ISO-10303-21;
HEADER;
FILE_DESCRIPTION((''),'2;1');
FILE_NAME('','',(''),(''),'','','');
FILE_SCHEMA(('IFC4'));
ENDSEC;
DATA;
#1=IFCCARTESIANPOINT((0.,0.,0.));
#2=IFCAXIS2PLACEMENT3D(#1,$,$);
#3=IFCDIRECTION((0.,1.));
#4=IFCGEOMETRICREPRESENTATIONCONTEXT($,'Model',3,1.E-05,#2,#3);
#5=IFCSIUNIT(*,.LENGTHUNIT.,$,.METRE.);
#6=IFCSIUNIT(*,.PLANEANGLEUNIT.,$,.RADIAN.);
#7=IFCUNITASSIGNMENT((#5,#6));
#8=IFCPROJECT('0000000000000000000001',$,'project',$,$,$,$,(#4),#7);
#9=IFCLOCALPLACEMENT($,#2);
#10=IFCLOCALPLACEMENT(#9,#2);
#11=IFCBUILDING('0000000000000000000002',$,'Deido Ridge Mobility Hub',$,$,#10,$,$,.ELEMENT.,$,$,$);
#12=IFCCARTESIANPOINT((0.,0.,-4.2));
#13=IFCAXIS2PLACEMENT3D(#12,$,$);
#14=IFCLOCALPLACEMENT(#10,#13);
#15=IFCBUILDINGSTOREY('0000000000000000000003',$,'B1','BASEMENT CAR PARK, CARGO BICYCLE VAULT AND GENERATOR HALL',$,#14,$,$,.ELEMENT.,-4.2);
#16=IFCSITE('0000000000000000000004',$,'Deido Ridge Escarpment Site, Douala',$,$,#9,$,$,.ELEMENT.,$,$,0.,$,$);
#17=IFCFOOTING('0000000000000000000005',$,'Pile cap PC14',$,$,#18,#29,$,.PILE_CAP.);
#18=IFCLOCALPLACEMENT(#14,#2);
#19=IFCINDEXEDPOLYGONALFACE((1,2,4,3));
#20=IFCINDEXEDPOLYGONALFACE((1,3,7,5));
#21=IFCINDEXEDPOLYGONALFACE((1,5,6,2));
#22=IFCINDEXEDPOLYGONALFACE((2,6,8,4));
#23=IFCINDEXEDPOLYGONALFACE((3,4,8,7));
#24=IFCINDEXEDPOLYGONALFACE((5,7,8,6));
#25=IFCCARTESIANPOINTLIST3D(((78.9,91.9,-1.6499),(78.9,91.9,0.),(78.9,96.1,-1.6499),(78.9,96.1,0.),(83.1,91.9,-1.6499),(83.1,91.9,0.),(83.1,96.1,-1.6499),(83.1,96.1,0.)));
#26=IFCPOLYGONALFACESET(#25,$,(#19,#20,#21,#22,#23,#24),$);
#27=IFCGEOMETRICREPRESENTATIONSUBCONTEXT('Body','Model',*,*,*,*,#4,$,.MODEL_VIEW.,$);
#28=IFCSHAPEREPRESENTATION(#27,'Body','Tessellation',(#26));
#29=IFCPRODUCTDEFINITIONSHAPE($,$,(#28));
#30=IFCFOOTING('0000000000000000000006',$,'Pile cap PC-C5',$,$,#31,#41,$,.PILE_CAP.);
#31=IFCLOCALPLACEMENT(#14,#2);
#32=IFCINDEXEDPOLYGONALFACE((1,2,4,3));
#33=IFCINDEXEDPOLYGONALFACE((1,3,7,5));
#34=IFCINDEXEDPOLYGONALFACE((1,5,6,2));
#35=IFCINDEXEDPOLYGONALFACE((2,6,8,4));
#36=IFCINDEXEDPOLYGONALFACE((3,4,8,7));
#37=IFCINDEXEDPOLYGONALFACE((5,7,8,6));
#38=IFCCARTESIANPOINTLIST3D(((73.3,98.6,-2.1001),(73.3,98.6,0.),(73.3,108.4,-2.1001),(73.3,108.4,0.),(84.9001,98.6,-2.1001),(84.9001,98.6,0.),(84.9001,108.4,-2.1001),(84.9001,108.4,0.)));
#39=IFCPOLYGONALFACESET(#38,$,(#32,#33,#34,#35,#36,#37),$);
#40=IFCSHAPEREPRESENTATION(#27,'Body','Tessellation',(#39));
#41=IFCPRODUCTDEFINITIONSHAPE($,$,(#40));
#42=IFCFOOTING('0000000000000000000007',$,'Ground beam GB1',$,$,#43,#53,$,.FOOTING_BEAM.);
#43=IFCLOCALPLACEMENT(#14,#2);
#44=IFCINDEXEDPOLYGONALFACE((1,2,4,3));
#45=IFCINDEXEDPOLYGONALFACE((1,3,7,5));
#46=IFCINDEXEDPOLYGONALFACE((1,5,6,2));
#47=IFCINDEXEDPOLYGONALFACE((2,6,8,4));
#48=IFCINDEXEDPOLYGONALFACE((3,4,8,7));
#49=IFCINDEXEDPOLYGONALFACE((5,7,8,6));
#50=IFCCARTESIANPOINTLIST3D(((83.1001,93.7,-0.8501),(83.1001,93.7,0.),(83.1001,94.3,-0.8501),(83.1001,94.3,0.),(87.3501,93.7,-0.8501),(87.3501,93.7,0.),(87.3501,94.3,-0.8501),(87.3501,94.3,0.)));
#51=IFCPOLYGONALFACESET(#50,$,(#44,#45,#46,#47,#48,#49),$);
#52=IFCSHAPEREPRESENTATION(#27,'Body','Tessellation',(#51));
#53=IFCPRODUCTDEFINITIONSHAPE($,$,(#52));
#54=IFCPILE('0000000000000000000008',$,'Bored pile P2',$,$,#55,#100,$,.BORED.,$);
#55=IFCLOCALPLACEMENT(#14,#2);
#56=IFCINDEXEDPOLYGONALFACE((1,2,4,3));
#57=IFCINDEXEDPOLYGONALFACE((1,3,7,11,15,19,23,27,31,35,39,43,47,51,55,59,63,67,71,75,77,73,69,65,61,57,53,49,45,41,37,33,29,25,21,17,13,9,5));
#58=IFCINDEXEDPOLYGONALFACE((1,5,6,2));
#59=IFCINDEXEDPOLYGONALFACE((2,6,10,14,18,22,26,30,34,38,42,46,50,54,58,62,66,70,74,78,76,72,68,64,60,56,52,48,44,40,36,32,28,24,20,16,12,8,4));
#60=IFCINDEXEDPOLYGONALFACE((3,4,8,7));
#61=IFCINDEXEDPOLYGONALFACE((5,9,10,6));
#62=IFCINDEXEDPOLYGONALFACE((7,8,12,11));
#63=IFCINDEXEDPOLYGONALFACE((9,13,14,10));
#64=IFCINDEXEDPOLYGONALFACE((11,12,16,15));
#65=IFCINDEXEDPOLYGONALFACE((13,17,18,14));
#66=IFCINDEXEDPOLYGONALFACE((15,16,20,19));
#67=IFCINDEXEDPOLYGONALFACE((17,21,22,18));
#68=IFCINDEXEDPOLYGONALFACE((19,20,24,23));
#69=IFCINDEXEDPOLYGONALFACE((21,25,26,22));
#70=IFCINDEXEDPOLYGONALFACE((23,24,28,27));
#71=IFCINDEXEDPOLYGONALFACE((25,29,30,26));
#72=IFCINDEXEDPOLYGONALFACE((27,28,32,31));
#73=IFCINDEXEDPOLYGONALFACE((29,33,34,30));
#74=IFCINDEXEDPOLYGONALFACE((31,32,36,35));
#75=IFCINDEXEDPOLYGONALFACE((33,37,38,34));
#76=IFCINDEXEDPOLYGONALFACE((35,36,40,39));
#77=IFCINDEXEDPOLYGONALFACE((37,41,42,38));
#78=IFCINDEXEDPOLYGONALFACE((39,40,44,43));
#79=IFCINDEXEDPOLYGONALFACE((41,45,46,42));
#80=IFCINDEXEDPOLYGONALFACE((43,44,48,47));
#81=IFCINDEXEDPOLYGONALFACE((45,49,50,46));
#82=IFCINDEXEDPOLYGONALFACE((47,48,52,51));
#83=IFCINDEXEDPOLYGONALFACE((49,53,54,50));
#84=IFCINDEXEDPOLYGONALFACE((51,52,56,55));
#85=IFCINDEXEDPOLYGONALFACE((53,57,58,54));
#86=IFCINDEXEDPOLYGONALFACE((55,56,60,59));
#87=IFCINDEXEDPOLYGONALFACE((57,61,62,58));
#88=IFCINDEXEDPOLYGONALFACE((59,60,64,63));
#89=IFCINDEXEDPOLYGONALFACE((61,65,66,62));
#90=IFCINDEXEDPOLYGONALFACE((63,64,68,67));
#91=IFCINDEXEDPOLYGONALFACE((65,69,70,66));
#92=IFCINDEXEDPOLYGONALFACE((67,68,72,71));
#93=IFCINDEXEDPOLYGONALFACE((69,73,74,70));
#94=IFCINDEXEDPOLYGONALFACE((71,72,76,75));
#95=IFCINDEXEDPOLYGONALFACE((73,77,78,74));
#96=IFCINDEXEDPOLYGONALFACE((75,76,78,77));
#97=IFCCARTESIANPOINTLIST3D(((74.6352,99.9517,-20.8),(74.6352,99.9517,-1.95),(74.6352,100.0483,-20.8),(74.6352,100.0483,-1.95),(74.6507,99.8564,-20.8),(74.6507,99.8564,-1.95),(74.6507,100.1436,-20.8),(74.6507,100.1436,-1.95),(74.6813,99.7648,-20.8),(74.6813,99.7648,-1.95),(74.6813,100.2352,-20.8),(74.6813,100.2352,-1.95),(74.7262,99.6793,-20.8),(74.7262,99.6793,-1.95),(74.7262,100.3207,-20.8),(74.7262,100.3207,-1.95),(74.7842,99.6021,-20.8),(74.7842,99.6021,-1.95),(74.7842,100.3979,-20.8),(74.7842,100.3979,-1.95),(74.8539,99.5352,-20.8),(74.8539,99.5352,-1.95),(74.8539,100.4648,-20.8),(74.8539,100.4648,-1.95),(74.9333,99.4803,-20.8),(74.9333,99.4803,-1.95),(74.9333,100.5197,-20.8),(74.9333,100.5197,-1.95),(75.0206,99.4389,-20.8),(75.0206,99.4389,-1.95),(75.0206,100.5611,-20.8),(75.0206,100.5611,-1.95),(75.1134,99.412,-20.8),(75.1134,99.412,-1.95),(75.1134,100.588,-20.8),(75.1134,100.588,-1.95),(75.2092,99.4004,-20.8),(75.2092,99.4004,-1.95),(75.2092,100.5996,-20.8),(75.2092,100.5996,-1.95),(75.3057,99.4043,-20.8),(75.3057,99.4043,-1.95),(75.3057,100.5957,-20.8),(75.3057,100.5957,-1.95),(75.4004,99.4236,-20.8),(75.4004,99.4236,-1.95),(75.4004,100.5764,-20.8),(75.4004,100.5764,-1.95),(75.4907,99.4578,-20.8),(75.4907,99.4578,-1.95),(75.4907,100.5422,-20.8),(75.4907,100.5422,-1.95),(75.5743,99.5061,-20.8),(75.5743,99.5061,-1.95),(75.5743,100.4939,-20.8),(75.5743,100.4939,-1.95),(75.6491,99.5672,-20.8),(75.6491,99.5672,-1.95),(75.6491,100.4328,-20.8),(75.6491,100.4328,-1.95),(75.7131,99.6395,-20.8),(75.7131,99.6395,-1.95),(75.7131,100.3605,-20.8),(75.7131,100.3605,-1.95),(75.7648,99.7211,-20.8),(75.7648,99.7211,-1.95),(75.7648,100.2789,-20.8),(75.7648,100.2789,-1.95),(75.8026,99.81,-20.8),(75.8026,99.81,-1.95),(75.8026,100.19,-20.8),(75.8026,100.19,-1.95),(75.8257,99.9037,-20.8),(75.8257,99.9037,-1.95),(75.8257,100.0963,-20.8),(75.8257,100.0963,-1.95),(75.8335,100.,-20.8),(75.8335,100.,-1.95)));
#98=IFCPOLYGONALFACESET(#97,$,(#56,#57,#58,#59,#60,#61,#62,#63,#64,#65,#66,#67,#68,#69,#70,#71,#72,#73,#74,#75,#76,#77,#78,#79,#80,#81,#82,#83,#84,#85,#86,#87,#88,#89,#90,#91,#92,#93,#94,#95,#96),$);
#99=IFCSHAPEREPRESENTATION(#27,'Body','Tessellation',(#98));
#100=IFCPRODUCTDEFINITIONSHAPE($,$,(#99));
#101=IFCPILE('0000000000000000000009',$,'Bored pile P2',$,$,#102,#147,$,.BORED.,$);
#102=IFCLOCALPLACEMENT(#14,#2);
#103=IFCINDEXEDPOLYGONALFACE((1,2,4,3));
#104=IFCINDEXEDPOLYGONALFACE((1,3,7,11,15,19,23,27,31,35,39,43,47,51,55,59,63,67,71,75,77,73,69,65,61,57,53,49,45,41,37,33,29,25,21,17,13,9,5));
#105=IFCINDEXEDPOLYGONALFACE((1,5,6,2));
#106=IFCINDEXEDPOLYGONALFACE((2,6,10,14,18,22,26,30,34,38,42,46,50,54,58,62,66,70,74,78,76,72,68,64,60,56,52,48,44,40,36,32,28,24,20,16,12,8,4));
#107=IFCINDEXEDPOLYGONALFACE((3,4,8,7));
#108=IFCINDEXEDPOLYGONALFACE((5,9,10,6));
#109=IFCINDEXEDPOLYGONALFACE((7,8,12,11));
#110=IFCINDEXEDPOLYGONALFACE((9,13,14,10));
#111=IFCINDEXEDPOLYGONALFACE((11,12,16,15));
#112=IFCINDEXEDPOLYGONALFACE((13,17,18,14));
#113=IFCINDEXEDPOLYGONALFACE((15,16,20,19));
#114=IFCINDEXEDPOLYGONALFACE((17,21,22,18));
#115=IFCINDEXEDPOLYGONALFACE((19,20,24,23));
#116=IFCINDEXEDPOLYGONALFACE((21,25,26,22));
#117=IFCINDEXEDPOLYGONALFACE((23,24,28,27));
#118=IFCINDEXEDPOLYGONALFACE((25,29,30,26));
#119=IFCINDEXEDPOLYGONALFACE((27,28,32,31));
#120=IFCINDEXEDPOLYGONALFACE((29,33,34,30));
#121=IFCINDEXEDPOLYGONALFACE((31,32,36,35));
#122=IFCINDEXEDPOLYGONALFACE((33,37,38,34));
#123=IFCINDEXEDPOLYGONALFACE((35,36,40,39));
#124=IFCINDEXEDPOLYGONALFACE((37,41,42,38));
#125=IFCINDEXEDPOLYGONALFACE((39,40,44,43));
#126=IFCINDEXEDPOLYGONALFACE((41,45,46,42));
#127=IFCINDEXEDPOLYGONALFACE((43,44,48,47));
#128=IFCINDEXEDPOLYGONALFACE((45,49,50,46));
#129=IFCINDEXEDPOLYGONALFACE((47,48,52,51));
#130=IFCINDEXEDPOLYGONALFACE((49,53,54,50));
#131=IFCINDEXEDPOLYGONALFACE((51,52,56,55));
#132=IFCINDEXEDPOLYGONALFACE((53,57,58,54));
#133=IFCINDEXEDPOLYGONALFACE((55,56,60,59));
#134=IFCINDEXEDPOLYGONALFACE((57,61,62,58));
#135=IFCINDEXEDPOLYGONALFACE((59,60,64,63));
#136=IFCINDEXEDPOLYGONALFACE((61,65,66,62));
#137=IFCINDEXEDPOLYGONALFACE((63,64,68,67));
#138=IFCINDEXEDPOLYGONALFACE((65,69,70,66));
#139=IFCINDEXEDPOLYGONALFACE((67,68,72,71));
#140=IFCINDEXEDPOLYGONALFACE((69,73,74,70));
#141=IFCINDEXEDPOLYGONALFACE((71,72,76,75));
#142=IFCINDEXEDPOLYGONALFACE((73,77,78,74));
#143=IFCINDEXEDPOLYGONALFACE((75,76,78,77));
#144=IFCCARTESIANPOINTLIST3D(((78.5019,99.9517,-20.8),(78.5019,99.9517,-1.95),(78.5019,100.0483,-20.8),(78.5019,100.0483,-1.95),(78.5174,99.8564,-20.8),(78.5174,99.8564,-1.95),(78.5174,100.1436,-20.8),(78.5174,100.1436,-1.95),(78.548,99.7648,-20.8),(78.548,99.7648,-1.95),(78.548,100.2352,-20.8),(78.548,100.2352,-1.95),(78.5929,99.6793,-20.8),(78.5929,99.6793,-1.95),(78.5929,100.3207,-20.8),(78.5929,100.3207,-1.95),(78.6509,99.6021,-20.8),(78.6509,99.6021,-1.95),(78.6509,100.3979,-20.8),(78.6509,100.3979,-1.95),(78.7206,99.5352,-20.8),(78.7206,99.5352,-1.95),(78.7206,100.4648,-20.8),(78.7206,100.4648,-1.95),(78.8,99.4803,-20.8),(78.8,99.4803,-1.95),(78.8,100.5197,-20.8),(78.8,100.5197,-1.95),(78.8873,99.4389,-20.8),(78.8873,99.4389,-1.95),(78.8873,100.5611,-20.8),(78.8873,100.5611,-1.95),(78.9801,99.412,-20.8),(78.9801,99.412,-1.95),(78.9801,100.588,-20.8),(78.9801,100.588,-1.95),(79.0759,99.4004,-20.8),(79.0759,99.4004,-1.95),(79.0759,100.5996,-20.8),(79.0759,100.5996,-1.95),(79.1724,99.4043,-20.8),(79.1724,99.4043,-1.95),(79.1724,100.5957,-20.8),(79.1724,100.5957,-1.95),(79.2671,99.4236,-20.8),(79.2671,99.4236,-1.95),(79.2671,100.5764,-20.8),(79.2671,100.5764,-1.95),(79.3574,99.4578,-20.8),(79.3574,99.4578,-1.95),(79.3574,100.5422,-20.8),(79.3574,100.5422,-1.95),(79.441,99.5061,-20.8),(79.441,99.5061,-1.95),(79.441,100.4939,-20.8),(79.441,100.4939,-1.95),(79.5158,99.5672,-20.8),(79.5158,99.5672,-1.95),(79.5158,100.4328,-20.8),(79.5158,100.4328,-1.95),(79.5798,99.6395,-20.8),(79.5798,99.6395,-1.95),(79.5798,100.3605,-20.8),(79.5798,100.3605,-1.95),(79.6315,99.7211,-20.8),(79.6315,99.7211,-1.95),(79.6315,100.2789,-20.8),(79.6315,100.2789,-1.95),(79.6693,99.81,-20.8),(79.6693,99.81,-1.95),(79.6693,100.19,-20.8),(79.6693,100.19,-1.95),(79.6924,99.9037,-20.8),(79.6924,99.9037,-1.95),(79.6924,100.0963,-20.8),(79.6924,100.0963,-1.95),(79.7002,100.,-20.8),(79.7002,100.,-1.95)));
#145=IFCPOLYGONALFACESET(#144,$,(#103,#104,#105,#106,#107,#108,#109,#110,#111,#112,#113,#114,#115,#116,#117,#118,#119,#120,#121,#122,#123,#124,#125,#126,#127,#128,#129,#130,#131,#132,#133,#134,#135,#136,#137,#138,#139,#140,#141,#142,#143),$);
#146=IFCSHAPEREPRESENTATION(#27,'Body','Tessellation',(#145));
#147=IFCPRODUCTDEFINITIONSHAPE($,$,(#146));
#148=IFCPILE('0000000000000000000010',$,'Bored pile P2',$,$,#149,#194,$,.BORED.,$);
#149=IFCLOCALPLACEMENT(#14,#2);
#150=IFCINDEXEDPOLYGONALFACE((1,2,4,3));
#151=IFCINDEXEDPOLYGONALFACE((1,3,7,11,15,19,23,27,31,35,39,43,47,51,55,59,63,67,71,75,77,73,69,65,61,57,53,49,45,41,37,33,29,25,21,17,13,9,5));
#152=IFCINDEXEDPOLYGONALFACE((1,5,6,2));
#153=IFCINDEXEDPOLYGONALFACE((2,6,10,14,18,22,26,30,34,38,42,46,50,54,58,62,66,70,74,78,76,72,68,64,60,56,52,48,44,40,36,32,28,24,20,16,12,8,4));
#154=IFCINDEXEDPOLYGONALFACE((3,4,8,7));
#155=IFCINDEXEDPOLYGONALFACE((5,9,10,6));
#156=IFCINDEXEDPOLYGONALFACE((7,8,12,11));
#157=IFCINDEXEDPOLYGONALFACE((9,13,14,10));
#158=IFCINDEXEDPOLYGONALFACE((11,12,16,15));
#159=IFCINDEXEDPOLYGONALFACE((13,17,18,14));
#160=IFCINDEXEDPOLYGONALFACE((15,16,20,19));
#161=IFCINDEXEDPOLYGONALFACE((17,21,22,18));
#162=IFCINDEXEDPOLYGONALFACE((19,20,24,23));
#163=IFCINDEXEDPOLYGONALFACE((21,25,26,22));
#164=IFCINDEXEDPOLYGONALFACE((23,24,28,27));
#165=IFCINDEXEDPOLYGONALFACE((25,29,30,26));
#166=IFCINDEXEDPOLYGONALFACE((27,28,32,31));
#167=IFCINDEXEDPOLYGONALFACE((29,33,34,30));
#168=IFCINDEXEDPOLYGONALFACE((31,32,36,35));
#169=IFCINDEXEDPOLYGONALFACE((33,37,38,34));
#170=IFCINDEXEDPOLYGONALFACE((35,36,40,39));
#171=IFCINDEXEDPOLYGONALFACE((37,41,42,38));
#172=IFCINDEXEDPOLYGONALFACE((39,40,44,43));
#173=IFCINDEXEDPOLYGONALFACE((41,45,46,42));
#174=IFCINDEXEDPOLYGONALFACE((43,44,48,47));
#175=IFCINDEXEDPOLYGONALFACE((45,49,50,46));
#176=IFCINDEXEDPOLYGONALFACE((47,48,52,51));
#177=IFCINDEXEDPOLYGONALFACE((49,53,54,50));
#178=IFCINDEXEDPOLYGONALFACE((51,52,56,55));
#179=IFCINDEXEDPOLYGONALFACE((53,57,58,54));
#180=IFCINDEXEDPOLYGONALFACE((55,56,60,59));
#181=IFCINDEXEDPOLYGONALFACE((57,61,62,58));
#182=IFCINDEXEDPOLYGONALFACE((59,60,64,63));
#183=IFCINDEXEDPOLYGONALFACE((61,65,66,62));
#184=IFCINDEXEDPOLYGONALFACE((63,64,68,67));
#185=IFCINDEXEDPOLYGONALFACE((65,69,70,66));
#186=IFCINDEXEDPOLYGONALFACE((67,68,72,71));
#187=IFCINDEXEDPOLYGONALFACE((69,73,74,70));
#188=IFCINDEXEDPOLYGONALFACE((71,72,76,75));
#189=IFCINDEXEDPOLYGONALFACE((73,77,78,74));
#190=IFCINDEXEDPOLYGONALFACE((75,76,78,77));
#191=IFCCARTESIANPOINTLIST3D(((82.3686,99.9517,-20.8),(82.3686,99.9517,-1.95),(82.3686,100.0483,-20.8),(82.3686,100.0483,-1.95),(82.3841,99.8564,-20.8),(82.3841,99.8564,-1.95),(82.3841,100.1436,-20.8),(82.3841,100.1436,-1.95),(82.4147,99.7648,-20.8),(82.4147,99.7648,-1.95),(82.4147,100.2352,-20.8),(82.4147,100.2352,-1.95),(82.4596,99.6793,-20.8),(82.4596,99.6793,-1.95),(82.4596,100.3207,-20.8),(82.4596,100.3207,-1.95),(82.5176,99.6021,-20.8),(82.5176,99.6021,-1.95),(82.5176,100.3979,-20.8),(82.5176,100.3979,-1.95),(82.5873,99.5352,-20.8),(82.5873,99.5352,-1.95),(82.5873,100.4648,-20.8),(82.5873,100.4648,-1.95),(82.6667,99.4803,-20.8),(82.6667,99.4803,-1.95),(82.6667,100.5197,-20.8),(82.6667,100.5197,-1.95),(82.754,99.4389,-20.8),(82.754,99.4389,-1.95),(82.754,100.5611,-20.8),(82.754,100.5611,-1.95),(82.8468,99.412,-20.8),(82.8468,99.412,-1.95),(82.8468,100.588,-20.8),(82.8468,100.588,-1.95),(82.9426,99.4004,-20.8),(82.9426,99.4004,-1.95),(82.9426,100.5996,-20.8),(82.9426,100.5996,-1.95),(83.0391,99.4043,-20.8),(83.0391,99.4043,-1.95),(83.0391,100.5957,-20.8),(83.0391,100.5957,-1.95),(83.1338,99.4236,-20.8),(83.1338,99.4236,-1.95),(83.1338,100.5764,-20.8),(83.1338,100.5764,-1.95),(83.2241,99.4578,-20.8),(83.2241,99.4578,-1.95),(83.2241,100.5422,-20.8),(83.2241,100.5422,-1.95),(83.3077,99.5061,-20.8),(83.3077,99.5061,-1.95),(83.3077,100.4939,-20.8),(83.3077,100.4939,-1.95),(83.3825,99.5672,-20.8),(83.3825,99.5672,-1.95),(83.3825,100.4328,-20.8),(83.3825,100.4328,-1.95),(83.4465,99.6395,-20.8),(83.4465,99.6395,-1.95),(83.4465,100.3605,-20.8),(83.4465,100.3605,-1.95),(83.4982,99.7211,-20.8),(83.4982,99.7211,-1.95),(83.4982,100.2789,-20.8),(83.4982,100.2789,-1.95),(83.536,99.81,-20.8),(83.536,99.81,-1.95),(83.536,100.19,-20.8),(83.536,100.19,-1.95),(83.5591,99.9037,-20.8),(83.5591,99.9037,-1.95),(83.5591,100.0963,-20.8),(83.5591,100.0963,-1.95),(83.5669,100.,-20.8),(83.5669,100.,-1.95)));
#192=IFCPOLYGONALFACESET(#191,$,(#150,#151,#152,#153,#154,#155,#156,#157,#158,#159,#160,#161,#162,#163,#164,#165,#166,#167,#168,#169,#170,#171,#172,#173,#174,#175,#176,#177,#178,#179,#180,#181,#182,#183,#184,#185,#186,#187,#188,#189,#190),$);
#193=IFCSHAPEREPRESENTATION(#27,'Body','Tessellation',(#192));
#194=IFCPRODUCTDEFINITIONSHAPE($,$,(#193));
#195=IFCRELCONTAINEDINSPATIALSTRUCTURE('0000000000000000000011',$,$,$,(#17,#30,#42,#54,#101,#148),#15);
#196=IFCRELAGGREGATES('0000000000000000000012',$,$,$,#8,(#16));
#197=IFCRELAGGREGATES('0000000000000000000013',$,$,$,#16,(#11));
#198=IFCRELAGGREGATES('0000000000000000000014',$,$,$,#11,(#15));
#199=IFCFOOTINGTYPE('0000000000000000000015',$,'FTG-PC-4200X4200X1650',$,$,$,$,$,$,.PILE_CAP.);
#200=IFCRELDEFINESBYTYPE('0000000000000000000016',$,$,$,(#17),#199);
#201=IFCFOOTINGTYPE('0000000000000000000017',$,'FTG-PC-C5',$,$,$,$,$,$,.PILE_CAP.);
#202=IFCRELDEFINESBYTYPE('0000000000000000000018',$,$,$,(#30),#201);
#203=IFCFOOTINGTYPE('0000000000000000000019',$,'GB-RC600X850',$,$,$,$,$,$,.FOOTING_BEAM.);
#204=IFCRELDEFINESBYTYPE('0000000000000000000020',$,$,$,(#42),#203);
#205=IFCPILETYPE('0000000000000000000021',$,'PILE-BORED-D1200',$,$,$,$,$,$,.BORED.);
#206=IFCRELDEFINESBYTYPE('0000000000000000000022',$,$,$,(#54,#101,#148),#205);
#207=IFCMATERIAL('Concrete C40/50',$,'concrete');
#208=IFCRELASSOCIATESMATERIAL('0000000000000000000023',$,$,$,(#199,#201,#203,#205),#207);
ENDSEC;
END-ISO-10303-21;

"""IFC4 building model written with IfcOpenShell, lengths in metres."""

from ifc_helpers import new_model, si_unit, direction, frame, origin, origin_2d, place, context, subcontext, project, spatial, rectangle, circle, extrude, material, material_profile, profile_set, type_object, element, save


model = new_model("IFC4")

# Units and contexts
model_context = context("Model", 3, precision=1e-05, world=origin(), true_north=direction((0.0, 1.0)))
body_context = subcontext(model_context, "Body", "Model", "MODEL_VIEW")
ifc_project = project(units=[si_unit("LENGTHUNIT", "METRE"), si_unit("PLANEANGLEUNIT", "RADIAN")], contexts=[model_context])

# Site, building, storey
site_placement = place(None, origin())
site = spatial("IfcSite", under=ifc_project, at=site_placement, Name="Deido Ridge Escarpment Site, Douala", CompositionType="ELEMENT", RefElevation=0.0)
building_placement = place(site_placement, origin())
building = spatial("IfcBuilding", under=site, at=building_placement, Name="Deido Ridge Mobility Hub", CompositionType="ELEMENT")
storey_placement = place(building_placement, frame((0.0, 0.0, -4.2)))
storey = spatial("IfcBuildingStorey", under=building, at=storey_placement, Name="B1", Description="BASEMENT CAR PARK, CARGO BICYCLE VAULT AND GENERATOR HALL", CompositionType="ELEMENT", Elevation=-4.2)

# Footings
ifc_material_1 = material(Name="Concrete C40/50", Category="concrete")
footing_type_1 = type_object("IfcFootingType", Name="FTG-PC-4200X4200X1650", PredefinedType="PILE_CAP", material=ifc_material_1)
footing_1_placement = place(storey_placement, frame((81.0, 94.0, -1.6499), z_axis=(0.0, 0.0, 1.0), x_axis=(1.0, 0.0, 0.0)))
element("IfcFooting", 1, at=footing_1_placement, inside=storey, type_object=footing_type_1, Name="Pile cap PC14", PredefinedType="PILE_CAP", context=body_context, shape_type="SweptSolid", body=[
    extrude(rectangle(XDim=4.2, YDim=4.2, at=origin_2d()), origin(), (0.0, 0.0, 1.0), 1.6499),
])
footing_type_2 = type_object("IfcFootingType", Name="FTG-PC-C5", PredefinedType="PILE_CAP", material=ifc_material_1)
footing_2_placement = place(storey_placement, frame((79.1001, 103.5, -2.1001), z_axis=(0.0, 0.0, 1.0), x_axis=(1.0, 0.0, 0.0)))
element("IfcFooting", 2, at=footing_2_placement, inside=storey, type_object=footing_type_2, Name="Pile cap PC-C5", PredefinedType="PILE_CAP", context=body_context, shape_type="SweptSolid", body=[
    extrude(rectangle(XDim=11.6001, YDim=9.8, at=origin_2d()), origin(), (0.0, 0.0, 1.0), 2.1001),
])
ifc_material_profile_1 = material_profile(ifc_material_1, rectangle(XDim=0.6001, YDim=0.8501, at=origin_2d()), Name="RC GB 600x850")
ifc_profile_set_1 = profile_set([ifc_material_profile_1], Name="Concrete C40/50")
footing_type_3 = type_object("IfcFootingType", Name="GB-RC600X850", PredefinedType="FOOTING_BEAM", material=ifc_profile_set_1)
footing_3_placement = place(storey_placement, frame((83.1001, 94.0, -0.425), z_axis=(1.0, 0.0, 0.0), x_axis=(0.0, 1.0, 0.0)))
element("IfcFooting", 3, at=footing_3_placement, inside=storey, type_object=footing_type_3, Name="Ground beam GB1", PredefinedType="FOOTING_BEAM", context=body_context, shape_type="SweptSolid", body=[
    extrude(rectangle(XDim=0.6001, YDim=0.8501, at=origin_2d()), origin(), (0.0, 0.0, 1.0), 4.25),
])

# Piles
ifc_material_profile_2 = material_profile(ifc_material_1, circle(Radius=0.6001, at=origin_2d()), Name="BORED PILE D1200")
ifc_profile_set_2 = profile_set([ifc_material_profile_2], Name="Concrete C40/50")
pile_type_1 = type_object("IfcPileType", Name="PILE-BORED-D1200", PredefinedType="BORED", material=ifc_profile_set_2)
for number, where, z_axis, x_axis, name in (
    (4, (75.2334, 100.0, -1.95), (0.0, 0.0, -1.0), (1.0, 0.0, 0.0), "Bored pile P2"),
    (5, (79.1001, 100.0, -1.95), (0.0, 0.0, -1.0), (1.0, 0.0, 0.0), "Bored pile P2"),
    (6, (82.9668, 100.0, -1.95), (0.0, 0.0, -1.0), (1.0, 0.0, 0.0), "Bored pile P2"),
):
    element("IfcPile", number, at=place(storey_placement, frame(where, z_axis=z_axis, x_axis=x_axis)), inside=storey, type_object=pile_type_1, Name=name, PredefinedType="BORED", context=body_context, shape_type="SweptSolid", body=[
        extrude(circle(Radius=0.6001, at=origin_2d()), origin(), (0.0, 0.0, 1.0), 18.8501),
    ])

save(model, "model.ifc")
